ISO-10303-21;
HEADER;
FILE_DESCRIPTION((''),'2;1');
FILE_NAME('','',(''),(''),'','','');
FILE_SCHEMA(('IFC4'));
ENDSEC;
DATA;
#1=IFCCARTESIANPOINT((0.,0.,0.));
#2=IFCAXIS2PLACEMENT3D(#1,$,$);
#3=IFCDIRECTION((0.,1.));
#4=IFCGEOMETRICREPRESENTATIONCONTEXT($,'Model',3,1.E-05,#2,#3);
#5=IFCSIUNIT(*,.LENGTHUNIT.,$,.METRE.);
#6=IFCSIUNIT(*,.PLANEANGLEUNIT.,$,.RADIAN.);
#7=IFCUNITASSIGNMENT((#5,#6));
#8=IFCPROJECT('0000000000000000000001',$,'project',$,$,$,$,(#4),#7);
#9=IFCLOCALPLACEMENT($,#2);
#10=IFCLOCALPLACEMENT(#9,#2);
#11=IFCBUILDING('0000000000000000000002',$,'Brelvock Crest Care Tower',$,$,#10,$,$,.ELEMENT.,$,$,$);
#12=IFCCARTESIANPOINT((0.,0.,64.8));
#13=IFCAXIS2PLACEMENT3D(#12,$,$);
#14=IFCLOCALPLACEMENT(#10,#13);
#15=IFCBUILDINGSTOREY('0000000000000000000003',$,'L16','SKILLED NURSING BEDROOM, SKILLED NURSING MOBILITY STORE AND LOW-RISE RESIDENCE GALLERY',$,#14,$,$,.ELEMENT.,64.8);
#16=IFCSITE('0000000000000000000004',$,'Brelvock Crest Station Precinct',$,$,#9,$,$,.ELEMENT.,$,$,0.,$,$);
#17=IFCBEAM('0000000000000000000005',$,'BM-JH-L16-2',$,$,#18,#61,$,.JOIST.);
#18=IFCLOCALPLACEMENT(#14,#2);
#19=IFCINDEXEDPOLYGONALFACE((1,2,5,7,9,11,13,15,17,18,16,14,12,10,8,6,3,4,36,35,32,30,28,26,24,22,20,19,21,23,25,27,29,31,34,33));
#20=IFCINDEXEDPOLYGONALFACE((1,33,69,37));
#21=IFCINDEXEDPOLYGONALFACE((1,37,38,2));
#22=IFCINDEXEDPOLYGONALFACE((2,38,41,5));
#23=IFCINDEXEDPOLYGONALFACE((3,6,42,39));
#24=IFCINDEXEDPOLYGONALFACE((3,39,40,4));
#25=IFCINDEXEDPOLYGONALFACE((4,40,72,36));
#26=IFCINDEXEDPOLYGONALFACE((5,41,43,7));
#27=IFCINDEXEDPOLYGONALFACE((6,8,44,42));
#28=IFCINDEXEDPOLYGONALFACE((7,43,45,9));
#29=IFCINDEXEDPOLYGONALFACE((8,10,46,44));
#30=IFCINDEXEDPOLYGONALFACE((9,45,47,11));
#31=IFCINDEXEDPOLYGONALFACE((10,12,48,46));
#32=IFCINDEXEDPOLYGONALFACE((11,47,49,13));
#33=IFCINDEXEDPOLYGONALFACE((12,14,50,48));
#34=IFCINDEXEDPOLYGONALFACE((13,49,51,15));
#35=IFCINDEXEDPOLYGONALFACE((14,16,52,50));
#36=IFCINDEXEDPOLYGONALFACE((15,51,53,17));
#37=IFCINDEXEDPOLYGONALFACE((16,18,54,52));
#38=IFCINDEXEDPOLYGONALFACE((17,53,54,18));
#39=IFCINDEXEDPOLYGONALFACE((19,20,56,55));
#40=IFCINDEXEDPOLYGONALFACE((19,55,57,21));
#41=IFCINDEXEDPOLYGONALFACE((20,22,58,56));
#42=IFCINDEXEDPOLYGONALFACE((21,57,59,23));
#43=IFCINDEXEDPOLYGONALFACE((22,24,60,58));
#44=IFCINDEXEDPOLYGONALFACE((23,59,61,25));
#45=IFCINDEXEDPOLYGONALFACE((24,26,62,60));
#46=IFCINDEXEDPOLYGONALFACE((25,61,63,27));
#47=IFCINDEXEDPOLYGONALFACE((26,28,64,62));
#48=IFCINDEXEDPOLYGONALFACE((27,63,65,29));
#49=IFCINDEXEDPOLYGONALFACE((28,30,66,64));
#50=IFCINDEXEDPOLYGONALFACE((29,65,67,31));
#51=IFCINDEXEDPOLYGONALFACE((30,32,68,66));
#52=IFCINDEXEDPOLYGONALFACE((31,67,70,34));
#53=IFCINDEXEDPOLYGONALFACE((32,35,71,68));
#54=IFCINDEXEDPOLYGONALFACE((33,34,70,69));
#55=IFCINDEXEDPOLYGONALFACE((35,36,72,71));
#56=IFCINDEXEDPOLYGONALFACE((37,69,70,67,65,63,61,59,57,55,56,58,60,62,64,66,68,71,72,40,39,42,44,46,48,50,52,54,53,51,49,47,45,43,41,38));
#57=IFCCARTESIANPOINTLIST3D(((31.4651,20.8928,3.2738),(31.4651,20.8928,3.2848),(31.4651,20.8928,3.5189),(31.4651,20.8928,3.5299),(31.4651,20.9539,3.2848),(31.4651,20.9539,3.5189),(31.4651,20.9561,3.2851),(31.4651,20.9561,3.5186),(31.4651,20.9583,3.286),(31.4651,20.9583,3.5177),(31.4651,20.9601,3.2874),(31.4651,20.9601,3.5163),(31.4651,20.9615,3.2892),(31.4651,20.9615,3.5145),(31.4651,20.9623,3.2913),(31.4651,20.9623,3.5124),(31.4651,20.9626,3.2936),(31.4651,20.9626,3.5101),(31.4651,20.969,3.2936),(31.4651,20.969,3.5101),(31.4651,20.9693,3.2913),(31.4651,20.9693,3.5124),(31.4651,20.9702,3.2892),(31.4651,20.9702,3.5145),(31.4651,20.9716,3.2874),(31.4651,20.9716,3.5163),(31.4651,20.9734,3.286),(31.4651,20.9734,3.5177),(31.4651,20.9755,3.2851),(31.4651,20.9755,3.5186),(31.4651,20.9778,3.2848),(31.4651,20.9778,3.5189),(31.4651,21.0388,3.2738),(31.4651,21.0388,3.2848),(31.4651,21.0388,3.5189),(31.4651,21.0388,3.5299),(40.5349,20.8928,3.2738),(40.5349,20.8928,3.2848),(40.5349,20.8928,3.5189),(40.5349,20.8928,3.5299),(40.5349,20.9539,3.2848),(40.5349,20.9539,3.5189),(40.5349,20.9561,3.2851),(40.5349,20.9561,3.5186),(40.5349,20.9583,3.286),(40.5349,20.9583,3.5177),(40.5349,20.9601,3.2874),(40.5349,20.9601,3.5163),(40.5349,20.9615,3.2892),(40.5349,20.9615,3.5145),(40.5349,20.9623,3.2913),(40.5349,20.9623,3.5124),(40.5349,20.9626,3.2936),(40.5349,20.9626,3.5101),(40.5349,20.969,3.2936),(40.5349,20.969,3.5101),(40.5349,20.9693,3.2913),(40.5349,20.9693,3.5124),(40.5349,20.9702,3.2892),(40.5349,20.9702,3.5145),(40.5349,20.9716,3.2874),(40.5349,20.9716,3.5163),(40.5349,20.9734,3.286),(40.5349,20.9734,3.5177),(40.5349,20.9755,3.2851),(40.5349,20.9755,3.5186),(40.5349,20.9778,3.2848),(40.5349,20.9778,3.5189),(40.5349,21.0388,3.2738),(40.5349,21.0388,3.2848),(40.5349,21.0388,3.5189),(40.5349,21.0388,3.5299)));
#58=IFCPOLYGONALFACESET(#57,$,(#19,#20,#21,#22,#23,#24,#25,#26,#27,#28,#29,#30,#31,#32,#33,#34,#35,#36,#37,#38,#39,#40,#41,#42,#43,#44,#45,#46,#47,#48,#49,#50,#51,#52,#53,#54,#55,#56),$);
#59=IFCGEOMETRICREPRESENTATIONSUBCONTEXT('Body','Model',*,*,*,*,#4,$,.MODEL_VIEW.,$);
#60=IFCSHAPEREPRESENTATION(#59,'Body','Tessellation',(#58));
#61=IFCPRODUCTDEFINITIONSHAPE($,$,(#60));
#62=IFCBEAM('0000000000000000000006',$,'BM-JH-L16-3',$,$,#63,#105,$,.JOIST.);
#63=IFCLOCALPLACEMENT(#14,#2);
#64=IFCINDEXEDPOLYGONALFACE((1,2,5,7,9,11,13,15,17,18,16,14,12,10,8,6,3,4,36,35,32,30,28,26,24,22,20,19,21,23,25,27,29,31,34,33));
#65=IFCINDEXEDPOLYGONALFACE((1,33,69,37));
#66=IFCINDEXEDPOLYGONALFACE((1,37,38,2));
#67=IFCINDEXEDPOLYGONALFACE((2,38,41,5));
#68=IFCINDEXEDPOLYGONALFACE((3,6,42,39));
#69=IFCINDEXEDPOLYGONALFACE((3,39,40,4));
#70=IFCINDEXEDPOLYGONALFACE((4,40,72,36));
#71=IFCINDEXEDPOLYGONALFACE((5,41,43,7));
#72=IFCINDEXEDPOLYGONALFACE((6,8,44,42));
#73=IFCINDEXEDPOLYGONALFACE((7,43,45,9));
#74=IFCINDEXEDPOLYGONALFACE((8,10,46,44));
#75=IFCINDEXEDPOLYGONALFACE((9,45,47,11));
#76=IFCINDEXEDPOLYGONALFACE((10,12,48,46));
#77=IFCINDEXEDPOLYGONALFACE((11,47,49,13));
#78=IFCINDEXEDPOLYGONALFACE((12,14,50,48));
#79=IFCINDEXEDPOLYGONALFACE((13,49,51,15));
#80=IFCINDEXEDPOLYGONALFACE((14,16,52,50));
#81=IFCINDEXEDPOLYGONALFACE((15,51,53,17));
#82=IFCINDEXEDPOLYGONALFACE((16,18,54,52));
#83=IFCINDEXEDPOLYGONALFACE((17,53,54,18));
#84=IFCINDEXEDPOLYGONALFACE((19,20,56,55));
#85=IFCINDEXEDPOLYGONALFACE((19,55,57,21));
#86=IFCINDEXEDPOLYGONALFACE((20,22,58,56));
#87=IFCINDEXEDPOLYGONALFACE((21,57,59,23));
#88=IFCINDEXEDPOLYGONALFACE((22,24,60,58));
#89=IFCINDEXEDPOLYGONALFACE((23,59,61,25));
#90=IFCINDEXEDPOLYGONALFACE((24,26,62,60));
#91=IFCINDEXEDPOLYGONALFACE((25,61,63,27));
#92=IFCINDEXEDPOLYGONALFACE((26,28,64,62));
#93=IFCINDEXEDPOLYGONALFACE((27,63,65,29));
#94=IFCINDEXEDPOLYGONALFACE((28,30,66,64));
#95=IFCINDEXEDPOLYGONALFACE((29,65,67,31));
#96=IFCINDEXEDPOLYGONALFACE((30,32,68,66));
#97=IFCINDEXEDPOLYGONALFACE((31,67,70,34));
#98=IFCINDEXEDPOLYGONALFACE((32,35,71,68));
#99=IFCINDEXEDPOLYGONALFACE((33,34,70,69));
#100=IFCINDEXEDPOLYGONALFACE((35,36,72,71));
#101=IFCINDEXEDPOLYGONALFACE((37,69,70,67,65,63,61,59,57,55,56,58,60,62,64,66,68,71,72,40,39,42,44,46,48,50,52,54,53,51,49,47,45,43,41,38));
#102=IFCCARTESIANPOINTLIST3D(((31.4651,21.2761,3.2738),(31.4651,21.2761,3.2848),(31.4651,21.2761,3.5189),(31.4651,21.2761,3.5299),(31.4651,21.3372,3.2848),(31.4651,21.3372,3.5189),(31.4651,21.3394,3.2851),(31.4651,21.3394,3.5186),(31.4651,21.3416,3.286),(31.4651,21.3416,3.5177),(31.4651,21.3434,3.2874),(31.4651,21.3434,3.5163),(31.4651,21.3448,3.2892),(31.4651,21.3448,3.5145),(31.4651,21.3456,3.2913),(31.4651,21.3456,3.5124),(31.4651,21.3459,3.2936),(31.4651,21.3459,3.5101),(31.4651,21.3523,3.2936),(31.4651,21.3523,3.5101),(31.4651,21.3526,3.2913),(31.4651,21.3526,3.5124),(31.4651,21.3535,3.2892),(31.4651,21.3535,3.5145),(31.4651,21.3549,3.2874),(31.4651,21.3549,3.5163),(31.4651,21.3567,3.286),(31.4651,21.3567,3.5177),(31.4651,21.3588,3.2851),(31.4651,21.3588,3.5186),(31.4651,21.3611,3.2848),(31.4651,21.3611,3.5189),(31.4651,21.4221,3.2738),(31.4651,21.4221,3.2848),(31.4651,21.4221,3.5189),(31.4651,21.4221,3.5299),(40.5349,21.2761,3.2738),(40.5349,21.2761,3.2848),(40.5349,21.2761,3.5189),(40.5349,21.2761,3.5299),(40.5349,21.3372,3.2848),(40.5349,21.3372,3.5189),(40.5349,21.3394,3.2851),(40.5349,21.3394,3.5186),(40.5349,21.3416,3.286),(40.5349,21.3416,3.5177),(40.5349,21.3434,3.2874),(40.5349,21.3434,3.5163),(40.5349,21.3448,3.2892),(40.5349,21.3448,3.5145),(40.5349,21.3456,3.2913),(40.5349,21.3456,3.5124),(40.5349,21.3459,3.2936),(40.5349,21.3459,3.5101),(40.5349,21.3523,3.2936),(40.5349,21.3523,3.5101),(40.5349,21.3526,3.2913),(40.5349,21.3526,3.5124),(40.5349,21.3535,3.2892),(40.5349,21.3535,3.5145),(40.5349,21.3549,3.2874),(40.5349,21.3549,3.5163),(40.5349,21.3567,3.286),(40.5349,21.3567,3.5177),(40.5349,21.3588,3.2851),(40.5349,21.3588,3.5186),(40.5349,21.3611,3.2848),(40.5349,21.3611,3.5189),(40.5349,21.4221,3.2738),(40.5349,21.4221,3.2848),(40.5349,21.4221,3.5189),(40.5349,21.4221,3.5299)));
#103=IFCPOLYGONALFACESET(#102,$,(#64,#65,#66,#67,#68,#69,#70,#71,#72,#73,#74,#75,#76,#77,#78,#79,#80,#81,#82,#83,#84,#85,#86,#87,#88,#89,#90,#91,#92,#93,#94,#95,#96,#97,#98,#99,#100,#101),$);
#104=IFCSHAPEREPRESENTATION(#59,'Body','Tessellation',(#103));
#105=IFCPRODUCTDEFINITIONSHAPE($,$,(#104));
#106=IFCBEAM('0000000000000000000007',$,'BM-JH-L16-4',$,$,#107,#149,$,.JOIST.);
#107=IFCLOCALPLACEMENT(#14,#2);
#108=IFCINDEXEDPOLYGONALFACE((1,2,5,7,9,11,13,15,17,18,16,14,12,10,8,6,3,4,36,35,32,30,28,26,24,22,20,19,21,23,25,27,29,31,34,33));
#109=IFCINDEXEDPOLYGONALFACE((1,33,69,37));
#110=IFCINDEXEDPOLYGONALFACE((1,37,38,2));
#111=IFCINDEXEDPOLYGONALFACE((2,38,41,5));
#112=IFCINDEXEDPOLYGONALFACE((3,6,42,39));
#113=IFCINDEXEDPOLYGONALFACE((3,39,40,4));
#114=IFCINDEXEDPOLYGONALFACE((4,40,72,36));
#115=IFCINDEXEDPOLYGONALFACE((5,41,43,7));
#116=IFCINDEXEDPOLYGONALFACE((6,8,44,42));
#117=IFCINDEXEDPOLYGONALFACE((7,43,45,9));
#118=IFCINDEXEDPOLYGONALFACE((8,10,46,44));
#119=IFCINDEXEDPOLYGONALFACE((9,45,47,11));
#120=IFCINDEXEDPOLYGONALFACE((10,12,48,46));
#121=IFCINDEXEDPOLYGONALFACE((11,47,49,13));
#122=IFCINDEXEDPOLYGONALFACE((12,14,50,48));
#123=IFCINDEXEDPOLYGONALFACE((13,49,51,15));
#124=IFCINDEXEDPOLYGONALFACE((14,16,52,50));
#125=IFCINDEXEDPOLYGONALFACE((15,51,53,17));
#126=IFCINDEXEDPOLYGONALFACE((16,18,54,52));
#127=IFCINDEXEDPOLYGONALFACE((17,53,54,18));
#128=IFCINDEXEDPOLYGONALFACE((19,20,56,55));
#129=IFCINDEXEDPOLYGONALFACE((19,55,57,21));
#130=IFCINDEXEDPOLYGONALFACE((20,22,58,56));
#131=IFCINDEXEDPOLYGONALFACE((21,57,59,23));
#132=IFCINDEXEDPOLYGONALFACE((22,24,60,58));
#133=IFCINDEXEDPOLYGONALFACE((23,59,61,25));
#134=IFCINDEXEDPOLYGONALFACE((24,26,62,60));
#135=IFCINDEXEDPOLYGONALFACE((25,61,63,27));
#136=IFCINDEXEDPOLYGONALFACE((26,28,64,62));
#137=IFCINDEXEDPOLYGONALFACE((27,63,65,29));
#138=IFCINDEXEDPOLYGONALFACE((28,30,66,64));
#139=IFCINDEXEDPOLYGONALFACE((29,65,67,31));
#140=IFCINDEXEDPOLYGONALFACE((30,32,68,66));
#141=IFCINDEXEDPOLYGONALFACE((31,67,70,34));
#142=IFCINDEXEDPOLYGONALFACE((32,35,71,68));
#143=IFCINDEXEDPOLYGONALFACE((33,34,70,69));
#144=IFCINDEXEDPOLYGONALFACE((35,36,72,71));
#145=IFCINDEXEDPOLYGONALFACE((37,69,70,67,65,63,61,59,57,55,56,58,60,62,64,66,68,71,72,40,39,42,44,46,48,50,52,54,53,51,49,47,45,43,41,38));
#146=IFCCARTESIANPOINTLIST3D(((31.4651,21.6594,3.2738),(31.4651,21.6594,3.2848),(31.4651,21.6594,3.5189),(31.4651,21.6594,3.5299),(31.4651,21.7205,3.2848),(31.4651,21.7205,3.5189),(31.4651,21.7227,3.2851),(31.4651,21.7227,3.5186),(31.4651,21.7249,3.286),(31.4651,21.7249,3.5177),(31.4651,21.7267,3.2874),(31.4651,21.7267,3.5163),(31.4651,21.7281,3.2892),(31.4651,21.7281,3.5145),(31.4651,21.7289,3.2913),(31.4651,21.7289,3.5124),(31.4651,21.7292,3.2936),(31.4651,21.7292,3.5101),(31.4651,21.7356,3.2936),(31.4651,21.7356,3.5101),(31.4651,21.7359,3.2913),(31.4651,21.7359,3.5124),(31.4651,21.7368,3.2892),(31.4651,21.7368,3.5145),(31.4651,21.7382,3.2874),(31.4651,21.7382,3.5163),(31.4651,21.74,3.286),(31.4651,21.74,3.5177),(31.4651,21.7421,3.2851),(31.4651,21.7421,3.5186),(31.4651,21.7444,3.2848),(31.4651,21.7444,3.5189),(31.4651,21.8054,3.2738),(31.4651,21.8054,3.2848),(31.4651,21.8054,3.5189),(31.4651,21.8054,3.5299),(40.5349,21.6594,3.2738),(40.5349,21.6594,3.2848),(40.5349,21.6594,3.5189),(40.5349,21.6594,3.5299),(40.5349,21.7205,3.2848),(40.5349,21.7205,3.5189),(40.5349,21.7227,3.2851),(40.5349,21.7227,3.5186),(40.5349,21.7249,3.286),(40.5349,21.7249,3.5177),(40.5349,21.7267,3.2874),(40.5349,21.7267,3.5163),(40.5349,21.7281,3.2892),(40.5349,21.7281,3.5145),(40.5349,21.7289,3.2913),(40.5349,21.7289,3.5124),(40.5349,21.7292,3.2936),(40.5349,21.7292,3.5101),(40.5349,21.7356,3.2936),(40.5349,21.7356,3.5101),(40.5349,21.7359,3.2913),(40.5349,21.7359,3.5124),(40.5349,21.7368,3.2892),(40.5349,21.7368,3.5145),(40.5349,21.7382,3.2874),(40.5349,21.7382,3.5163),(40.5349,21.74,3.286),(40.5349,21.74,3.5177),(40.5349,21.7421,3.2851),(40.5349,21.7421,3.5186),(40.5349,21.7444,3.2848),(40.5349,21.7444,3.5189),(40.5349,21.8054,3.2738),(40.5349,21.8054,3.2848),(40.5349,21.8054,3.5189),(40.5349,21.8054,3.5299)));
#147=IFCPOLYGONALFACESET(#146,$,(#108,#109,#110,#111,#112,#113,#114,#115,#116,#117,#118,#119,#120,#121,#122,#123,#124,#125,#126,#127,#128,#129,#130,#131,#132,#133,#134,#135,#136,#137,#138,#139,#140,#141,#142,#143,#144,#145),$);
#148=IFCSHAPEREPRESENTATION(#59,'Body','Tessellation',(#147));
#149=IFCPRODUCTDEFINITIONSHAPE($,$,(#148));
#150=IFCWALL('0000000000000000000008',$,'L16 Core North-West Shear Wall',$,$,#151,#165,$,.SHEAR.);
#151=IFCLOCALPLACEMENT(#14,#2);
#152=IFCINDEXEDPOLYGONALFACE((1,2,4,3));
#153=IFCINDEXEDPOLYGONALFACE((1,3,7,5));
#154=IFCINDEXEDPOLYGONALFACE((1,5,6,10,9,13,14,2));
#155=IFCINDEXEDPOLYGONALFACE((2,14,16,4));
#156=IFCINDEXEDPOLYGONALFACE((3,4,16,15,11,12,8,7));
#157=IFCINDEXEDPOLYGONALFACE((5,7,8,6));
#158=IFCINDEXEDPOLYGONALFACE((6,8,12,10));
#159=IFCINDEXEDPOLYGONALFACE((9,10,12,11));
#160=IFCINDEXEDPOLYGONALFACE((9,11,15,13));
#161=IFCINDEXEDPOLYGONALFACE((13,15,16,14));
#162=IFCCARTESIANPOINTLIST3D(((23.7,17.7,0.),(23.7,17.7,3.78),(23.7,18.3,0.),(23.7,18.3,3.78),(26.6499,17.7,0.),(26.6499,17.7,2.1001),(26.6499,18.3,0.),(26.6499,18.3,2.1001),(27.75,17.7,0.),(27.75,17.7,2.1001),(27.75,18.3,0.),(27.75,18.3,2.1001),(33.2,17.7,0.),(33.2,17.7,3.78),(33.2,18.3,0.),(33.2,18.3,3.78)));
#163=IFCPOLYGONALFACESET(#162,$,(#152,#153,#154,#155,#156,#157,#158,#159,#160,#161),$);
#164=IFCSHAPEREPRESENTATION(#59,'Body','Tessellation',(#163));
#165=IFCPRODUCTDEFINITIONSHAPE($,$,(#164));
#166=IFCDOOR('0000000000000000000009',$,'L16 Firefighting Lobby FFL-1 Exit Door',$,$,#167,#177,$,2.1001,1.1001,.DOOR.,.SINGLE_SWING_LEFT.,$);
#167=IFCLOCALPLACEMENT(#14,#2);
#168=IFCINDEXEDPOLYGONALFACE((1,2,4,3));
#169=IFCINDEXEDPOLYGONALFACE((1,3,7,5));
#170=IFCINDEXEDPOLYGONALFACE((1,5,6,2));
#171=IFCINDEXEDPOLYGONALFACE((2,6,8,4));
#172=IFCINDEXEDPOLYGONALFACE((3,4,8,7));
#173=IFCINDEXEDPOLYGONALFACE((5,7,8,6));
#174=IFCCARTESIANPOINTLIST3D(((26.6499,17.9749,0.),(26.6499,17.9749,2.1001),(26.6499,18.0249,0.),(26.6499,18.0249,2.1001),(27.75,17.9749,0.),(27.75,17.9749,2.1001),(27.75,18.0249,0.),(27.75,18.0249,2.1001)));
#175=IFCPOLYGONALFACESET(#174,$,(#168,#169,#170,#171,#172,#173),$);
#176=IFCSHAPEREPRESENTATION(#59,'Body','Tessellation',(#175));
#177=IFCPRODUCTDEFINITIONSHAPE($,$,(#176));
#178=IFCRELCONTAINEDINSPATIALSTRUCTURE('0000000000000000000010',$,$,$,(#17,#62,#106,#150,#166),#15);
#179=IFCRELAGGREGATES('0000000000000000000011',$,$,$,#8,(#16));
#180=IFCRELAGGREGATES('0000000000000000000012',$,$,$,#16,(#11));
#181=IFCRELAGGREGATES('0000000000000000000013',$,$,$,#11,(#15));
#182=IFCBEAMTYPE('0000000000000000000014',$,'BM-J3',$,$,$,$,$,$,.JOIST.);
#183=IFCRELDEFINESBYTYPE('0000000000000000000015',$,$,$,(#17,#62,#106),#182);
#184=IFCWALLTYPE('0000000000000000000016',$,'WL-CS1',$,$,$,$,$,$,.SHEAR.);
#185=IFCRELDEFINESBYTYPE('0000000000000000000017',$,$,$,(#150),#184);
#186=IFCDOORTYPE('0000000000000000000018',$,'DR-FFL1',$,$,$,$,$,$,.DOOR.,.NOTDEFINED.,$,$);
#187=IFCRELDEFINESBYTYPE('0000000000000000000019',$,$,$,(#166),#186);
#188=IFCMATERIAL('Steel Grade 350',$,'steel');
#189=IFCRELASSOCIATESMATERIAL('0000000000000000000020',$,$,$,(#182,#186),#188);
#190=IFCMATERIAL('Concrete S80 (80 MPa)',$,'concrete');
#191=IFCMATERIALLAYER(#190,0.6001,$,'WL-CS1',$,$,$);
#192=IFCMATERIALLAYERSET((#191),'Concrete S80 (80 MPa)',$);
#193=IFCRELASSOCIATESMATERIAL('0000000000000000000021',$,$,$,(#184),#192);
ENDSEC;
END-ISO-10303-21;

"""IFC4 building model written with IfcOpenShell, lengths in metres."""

from ifc_helpers import new_model, si_unit, direction, frame, frame_2d, origin, origin_2d, place, context, subcontext, project, spatial, rectangle, i_section, extrude, source, transform, mapped, material, layer, layer_set, material_profile, profile_set, type_object, element, fill, save


model = new_model("IFC4")

# Units and contexts
model_context = context("Model", 3, precision=1e-05, world=origin(), true_north=direction((0.0, 1.0)))
body_context = subcontext(model_context, "Body", "Model", "MODEL_VIEW")
ifc_project = project(units=[si_unit("LENGTHUNIT", "METRE"), si_unit("PLANEANGLEUNIT", "RADIAN")], contexts=[model_context])

# Site, building, storey
site_placement = place(None, origin())
site = spatial("IfcSite", under=ifc_project, at=site_placement, Name="Brelvock Crest Station Precinct", CompositionType="ELEMENT", RefElevation=0.0)
building_placement = place(site_placement, origin())
building = spatial("IfcBuilding", under=site, at=building_placement, Name="Brelvock Crest Care Tower", CompositionType="ELEMENT")
storey_placement = place(building_placement, frame((0.0, 0.0, 64.8)))
storey = spatial("IfcBuildingStorey", under=building, at=storey_placement, Name="L16", Description="SKILLED NURSING BEDROOM, SKILLED NURSING MOBILITY STORE AND LOW-RISE RESIDENCE GALLERY", CompositionType="ELEMENT", Elevation=64.8)

# Shared definitions
ifc_material_1 = material(Name="Concrete S80 (80 MPa)", Category="concrete")
ifc_material_2 = material(Name="Steel Grade 350", Category="steel")

# Beams
ifc_material_profile_1 = material_profile(ifc_material_2, i_section(OverallWidth=0.146, OverallDepth=0.2561, WebThickness=0.0063, FlangeThickness=0.011, FilletRadius=0.0088, at=origin_2d()), Name="250UB37.3")
ifc_profile_set_1 = profile_set([ifc_material_profile_1], Name="Steel Grade 350")
beam_type_1 = type_object("IfcBeamType", Name="BM-J3", PredefinedType="JOIST", material=ifc_profile_set_1)
shared_shape_1 = source(origin(), body_context, "Body", "SweptSolid", [
    extrude(i_section(OverallWidth=0.146, OverallDepth=0.2561, WebThickness=0.0063, FlangeThickness=0.011, FilletRadius=0.0088, at=origin_2d()), origin(), (0.0, 0.0, 1.0), 9.0698),
])
for number, where, z_axis, x_axis, name in (
    (1, (31.4651, 20.9658, 3.4019), (1.0, 0.0, 0.0), (0.0, 1.0, 0.0), "BM-JH-L16-2"),
    (2, (31.4651, 21.3491, 3.4019), (1.0, 0.0, 0.0), (0.0, 1.0, 0.0), "BM-JH-L16-3"),
    (3, (31.4651, 21.7324, 3.4019), (1.0, 0.0, 0.0), (0.0, 1.0, 0.0), "BM-JH-L16-4"),
):
    element("IfcBeam", number, at=place(storey_placement, frame(where, z_axis=z_axis, x_axis=x_axis)), inside=storey, type_object=beam_type_1, Name=name, PredefinedType="JOIST", context=body_context, shape_type="MappedRepresentation", body=[
        mapped(shared_shape_1, transform((0.0, 0.0, 0.0), x_axis=(1.0, 0.0, 0.0), y_axis=(0.0, 1.0, 0.0), z_axis=(0.0, 0.0, 1.0), scale=1.0)),
    ])

# Wall, opening, door
ifc_layer_1 = layer(ifc_material_1, 0.6001, Name="WL-CS1")
ifc_layer_set_1 = layer_set([ifc_layer_1], Name="Concrete S80 (80 MPa)")
wall_type_1 = type_object("IfcWallType", Name="WL-CS1", PredefinedType="SHEAR", material=ifc_layer_set_1)
wall_1_placement = place(storey_placement, frame((23.7, 18.0, 0.0), z_axis=(0.0, 0.0, 1.0), x_axis=(1.0, 0.0, 0.0)))
wall_1 = element("IfcWall", 4, at=wall_1_placement, inside=storey, type_object=wall_type_1, Name="L16 Core North-West Shear Wall", PredefinedType="SHEAR", context=body_context, shape_type="SweptSolid", body=[
    extrude(rectangle(XDim=9.5, YDim=0.6001, at=frame_2d((4.75, 0.0))), origin(), (0.0, 0.0, 1.0), 3.78),
])
opening_1_placement = place(wall_1_placement, frame((2.95, 0.0, 0.0)))
opening_1 = element("IfcOpeningElement", 5, at=opening_1_placement, cuts=wall_1, PredefinedType="OPENING", context=body_context, shape_type="SweptSolid", body=[
    extrude(rectangle(XDim=1.1001, YDim=2.1001, at=origin_2d()), frame((0.55, 0.3101, 1.05), z_axis=(0.0, -1.0, 0.0), x_axis=(1.0, 0.0, 0.0)), (0.0, 0.0, 1.0), 0.6201),
])
door_type_1 = type_object("IfcDoorType", Name="DR-FFL1", OperationType="NOTDEFINED", PredefinedType="DOOR", material=ifc_material_2)
shared_shape_2 = source(origin(), body_context, "Body", "SweptSolid", [
    extrude(rectangle(XDim=1.1001, YDim=2.1001, at=origin_2d()), frame((0.55, 0.0249, 1.05), z_axis=(0.0, -1.0, 0.0), x_axis=(1.0, 0.0, 0.0)), (0.0, 0.0, 1.0), 0.05),
])
door_1_placement = place(opening_1_placement, origin())
door_1 = element("IfcDoor", 6, at=door_1_placement, inside=storey, type_object=door_type_1, Name="L16 Firefighting Lobby FFL-1 Exit Door", OperationType="SINGLE_SWING_LEFT", OverallHeight=2.1001, OverallWidth=1.1001, PredefinedType="DOOR", context=body_context, shape_type="MappedRepresentation", body=[
    mapped(shared_shape_2, transform((0.0, 0.0, 0.0), x_axis=(1.0, 0.0, 0.0), y_axis=(0.0, 1.0, 0.0), z_axis=(0.0, 0.0, 1.0), scale=1.0)),
])
fill(opening_1, door_1)

save(model, "model.ifc")
